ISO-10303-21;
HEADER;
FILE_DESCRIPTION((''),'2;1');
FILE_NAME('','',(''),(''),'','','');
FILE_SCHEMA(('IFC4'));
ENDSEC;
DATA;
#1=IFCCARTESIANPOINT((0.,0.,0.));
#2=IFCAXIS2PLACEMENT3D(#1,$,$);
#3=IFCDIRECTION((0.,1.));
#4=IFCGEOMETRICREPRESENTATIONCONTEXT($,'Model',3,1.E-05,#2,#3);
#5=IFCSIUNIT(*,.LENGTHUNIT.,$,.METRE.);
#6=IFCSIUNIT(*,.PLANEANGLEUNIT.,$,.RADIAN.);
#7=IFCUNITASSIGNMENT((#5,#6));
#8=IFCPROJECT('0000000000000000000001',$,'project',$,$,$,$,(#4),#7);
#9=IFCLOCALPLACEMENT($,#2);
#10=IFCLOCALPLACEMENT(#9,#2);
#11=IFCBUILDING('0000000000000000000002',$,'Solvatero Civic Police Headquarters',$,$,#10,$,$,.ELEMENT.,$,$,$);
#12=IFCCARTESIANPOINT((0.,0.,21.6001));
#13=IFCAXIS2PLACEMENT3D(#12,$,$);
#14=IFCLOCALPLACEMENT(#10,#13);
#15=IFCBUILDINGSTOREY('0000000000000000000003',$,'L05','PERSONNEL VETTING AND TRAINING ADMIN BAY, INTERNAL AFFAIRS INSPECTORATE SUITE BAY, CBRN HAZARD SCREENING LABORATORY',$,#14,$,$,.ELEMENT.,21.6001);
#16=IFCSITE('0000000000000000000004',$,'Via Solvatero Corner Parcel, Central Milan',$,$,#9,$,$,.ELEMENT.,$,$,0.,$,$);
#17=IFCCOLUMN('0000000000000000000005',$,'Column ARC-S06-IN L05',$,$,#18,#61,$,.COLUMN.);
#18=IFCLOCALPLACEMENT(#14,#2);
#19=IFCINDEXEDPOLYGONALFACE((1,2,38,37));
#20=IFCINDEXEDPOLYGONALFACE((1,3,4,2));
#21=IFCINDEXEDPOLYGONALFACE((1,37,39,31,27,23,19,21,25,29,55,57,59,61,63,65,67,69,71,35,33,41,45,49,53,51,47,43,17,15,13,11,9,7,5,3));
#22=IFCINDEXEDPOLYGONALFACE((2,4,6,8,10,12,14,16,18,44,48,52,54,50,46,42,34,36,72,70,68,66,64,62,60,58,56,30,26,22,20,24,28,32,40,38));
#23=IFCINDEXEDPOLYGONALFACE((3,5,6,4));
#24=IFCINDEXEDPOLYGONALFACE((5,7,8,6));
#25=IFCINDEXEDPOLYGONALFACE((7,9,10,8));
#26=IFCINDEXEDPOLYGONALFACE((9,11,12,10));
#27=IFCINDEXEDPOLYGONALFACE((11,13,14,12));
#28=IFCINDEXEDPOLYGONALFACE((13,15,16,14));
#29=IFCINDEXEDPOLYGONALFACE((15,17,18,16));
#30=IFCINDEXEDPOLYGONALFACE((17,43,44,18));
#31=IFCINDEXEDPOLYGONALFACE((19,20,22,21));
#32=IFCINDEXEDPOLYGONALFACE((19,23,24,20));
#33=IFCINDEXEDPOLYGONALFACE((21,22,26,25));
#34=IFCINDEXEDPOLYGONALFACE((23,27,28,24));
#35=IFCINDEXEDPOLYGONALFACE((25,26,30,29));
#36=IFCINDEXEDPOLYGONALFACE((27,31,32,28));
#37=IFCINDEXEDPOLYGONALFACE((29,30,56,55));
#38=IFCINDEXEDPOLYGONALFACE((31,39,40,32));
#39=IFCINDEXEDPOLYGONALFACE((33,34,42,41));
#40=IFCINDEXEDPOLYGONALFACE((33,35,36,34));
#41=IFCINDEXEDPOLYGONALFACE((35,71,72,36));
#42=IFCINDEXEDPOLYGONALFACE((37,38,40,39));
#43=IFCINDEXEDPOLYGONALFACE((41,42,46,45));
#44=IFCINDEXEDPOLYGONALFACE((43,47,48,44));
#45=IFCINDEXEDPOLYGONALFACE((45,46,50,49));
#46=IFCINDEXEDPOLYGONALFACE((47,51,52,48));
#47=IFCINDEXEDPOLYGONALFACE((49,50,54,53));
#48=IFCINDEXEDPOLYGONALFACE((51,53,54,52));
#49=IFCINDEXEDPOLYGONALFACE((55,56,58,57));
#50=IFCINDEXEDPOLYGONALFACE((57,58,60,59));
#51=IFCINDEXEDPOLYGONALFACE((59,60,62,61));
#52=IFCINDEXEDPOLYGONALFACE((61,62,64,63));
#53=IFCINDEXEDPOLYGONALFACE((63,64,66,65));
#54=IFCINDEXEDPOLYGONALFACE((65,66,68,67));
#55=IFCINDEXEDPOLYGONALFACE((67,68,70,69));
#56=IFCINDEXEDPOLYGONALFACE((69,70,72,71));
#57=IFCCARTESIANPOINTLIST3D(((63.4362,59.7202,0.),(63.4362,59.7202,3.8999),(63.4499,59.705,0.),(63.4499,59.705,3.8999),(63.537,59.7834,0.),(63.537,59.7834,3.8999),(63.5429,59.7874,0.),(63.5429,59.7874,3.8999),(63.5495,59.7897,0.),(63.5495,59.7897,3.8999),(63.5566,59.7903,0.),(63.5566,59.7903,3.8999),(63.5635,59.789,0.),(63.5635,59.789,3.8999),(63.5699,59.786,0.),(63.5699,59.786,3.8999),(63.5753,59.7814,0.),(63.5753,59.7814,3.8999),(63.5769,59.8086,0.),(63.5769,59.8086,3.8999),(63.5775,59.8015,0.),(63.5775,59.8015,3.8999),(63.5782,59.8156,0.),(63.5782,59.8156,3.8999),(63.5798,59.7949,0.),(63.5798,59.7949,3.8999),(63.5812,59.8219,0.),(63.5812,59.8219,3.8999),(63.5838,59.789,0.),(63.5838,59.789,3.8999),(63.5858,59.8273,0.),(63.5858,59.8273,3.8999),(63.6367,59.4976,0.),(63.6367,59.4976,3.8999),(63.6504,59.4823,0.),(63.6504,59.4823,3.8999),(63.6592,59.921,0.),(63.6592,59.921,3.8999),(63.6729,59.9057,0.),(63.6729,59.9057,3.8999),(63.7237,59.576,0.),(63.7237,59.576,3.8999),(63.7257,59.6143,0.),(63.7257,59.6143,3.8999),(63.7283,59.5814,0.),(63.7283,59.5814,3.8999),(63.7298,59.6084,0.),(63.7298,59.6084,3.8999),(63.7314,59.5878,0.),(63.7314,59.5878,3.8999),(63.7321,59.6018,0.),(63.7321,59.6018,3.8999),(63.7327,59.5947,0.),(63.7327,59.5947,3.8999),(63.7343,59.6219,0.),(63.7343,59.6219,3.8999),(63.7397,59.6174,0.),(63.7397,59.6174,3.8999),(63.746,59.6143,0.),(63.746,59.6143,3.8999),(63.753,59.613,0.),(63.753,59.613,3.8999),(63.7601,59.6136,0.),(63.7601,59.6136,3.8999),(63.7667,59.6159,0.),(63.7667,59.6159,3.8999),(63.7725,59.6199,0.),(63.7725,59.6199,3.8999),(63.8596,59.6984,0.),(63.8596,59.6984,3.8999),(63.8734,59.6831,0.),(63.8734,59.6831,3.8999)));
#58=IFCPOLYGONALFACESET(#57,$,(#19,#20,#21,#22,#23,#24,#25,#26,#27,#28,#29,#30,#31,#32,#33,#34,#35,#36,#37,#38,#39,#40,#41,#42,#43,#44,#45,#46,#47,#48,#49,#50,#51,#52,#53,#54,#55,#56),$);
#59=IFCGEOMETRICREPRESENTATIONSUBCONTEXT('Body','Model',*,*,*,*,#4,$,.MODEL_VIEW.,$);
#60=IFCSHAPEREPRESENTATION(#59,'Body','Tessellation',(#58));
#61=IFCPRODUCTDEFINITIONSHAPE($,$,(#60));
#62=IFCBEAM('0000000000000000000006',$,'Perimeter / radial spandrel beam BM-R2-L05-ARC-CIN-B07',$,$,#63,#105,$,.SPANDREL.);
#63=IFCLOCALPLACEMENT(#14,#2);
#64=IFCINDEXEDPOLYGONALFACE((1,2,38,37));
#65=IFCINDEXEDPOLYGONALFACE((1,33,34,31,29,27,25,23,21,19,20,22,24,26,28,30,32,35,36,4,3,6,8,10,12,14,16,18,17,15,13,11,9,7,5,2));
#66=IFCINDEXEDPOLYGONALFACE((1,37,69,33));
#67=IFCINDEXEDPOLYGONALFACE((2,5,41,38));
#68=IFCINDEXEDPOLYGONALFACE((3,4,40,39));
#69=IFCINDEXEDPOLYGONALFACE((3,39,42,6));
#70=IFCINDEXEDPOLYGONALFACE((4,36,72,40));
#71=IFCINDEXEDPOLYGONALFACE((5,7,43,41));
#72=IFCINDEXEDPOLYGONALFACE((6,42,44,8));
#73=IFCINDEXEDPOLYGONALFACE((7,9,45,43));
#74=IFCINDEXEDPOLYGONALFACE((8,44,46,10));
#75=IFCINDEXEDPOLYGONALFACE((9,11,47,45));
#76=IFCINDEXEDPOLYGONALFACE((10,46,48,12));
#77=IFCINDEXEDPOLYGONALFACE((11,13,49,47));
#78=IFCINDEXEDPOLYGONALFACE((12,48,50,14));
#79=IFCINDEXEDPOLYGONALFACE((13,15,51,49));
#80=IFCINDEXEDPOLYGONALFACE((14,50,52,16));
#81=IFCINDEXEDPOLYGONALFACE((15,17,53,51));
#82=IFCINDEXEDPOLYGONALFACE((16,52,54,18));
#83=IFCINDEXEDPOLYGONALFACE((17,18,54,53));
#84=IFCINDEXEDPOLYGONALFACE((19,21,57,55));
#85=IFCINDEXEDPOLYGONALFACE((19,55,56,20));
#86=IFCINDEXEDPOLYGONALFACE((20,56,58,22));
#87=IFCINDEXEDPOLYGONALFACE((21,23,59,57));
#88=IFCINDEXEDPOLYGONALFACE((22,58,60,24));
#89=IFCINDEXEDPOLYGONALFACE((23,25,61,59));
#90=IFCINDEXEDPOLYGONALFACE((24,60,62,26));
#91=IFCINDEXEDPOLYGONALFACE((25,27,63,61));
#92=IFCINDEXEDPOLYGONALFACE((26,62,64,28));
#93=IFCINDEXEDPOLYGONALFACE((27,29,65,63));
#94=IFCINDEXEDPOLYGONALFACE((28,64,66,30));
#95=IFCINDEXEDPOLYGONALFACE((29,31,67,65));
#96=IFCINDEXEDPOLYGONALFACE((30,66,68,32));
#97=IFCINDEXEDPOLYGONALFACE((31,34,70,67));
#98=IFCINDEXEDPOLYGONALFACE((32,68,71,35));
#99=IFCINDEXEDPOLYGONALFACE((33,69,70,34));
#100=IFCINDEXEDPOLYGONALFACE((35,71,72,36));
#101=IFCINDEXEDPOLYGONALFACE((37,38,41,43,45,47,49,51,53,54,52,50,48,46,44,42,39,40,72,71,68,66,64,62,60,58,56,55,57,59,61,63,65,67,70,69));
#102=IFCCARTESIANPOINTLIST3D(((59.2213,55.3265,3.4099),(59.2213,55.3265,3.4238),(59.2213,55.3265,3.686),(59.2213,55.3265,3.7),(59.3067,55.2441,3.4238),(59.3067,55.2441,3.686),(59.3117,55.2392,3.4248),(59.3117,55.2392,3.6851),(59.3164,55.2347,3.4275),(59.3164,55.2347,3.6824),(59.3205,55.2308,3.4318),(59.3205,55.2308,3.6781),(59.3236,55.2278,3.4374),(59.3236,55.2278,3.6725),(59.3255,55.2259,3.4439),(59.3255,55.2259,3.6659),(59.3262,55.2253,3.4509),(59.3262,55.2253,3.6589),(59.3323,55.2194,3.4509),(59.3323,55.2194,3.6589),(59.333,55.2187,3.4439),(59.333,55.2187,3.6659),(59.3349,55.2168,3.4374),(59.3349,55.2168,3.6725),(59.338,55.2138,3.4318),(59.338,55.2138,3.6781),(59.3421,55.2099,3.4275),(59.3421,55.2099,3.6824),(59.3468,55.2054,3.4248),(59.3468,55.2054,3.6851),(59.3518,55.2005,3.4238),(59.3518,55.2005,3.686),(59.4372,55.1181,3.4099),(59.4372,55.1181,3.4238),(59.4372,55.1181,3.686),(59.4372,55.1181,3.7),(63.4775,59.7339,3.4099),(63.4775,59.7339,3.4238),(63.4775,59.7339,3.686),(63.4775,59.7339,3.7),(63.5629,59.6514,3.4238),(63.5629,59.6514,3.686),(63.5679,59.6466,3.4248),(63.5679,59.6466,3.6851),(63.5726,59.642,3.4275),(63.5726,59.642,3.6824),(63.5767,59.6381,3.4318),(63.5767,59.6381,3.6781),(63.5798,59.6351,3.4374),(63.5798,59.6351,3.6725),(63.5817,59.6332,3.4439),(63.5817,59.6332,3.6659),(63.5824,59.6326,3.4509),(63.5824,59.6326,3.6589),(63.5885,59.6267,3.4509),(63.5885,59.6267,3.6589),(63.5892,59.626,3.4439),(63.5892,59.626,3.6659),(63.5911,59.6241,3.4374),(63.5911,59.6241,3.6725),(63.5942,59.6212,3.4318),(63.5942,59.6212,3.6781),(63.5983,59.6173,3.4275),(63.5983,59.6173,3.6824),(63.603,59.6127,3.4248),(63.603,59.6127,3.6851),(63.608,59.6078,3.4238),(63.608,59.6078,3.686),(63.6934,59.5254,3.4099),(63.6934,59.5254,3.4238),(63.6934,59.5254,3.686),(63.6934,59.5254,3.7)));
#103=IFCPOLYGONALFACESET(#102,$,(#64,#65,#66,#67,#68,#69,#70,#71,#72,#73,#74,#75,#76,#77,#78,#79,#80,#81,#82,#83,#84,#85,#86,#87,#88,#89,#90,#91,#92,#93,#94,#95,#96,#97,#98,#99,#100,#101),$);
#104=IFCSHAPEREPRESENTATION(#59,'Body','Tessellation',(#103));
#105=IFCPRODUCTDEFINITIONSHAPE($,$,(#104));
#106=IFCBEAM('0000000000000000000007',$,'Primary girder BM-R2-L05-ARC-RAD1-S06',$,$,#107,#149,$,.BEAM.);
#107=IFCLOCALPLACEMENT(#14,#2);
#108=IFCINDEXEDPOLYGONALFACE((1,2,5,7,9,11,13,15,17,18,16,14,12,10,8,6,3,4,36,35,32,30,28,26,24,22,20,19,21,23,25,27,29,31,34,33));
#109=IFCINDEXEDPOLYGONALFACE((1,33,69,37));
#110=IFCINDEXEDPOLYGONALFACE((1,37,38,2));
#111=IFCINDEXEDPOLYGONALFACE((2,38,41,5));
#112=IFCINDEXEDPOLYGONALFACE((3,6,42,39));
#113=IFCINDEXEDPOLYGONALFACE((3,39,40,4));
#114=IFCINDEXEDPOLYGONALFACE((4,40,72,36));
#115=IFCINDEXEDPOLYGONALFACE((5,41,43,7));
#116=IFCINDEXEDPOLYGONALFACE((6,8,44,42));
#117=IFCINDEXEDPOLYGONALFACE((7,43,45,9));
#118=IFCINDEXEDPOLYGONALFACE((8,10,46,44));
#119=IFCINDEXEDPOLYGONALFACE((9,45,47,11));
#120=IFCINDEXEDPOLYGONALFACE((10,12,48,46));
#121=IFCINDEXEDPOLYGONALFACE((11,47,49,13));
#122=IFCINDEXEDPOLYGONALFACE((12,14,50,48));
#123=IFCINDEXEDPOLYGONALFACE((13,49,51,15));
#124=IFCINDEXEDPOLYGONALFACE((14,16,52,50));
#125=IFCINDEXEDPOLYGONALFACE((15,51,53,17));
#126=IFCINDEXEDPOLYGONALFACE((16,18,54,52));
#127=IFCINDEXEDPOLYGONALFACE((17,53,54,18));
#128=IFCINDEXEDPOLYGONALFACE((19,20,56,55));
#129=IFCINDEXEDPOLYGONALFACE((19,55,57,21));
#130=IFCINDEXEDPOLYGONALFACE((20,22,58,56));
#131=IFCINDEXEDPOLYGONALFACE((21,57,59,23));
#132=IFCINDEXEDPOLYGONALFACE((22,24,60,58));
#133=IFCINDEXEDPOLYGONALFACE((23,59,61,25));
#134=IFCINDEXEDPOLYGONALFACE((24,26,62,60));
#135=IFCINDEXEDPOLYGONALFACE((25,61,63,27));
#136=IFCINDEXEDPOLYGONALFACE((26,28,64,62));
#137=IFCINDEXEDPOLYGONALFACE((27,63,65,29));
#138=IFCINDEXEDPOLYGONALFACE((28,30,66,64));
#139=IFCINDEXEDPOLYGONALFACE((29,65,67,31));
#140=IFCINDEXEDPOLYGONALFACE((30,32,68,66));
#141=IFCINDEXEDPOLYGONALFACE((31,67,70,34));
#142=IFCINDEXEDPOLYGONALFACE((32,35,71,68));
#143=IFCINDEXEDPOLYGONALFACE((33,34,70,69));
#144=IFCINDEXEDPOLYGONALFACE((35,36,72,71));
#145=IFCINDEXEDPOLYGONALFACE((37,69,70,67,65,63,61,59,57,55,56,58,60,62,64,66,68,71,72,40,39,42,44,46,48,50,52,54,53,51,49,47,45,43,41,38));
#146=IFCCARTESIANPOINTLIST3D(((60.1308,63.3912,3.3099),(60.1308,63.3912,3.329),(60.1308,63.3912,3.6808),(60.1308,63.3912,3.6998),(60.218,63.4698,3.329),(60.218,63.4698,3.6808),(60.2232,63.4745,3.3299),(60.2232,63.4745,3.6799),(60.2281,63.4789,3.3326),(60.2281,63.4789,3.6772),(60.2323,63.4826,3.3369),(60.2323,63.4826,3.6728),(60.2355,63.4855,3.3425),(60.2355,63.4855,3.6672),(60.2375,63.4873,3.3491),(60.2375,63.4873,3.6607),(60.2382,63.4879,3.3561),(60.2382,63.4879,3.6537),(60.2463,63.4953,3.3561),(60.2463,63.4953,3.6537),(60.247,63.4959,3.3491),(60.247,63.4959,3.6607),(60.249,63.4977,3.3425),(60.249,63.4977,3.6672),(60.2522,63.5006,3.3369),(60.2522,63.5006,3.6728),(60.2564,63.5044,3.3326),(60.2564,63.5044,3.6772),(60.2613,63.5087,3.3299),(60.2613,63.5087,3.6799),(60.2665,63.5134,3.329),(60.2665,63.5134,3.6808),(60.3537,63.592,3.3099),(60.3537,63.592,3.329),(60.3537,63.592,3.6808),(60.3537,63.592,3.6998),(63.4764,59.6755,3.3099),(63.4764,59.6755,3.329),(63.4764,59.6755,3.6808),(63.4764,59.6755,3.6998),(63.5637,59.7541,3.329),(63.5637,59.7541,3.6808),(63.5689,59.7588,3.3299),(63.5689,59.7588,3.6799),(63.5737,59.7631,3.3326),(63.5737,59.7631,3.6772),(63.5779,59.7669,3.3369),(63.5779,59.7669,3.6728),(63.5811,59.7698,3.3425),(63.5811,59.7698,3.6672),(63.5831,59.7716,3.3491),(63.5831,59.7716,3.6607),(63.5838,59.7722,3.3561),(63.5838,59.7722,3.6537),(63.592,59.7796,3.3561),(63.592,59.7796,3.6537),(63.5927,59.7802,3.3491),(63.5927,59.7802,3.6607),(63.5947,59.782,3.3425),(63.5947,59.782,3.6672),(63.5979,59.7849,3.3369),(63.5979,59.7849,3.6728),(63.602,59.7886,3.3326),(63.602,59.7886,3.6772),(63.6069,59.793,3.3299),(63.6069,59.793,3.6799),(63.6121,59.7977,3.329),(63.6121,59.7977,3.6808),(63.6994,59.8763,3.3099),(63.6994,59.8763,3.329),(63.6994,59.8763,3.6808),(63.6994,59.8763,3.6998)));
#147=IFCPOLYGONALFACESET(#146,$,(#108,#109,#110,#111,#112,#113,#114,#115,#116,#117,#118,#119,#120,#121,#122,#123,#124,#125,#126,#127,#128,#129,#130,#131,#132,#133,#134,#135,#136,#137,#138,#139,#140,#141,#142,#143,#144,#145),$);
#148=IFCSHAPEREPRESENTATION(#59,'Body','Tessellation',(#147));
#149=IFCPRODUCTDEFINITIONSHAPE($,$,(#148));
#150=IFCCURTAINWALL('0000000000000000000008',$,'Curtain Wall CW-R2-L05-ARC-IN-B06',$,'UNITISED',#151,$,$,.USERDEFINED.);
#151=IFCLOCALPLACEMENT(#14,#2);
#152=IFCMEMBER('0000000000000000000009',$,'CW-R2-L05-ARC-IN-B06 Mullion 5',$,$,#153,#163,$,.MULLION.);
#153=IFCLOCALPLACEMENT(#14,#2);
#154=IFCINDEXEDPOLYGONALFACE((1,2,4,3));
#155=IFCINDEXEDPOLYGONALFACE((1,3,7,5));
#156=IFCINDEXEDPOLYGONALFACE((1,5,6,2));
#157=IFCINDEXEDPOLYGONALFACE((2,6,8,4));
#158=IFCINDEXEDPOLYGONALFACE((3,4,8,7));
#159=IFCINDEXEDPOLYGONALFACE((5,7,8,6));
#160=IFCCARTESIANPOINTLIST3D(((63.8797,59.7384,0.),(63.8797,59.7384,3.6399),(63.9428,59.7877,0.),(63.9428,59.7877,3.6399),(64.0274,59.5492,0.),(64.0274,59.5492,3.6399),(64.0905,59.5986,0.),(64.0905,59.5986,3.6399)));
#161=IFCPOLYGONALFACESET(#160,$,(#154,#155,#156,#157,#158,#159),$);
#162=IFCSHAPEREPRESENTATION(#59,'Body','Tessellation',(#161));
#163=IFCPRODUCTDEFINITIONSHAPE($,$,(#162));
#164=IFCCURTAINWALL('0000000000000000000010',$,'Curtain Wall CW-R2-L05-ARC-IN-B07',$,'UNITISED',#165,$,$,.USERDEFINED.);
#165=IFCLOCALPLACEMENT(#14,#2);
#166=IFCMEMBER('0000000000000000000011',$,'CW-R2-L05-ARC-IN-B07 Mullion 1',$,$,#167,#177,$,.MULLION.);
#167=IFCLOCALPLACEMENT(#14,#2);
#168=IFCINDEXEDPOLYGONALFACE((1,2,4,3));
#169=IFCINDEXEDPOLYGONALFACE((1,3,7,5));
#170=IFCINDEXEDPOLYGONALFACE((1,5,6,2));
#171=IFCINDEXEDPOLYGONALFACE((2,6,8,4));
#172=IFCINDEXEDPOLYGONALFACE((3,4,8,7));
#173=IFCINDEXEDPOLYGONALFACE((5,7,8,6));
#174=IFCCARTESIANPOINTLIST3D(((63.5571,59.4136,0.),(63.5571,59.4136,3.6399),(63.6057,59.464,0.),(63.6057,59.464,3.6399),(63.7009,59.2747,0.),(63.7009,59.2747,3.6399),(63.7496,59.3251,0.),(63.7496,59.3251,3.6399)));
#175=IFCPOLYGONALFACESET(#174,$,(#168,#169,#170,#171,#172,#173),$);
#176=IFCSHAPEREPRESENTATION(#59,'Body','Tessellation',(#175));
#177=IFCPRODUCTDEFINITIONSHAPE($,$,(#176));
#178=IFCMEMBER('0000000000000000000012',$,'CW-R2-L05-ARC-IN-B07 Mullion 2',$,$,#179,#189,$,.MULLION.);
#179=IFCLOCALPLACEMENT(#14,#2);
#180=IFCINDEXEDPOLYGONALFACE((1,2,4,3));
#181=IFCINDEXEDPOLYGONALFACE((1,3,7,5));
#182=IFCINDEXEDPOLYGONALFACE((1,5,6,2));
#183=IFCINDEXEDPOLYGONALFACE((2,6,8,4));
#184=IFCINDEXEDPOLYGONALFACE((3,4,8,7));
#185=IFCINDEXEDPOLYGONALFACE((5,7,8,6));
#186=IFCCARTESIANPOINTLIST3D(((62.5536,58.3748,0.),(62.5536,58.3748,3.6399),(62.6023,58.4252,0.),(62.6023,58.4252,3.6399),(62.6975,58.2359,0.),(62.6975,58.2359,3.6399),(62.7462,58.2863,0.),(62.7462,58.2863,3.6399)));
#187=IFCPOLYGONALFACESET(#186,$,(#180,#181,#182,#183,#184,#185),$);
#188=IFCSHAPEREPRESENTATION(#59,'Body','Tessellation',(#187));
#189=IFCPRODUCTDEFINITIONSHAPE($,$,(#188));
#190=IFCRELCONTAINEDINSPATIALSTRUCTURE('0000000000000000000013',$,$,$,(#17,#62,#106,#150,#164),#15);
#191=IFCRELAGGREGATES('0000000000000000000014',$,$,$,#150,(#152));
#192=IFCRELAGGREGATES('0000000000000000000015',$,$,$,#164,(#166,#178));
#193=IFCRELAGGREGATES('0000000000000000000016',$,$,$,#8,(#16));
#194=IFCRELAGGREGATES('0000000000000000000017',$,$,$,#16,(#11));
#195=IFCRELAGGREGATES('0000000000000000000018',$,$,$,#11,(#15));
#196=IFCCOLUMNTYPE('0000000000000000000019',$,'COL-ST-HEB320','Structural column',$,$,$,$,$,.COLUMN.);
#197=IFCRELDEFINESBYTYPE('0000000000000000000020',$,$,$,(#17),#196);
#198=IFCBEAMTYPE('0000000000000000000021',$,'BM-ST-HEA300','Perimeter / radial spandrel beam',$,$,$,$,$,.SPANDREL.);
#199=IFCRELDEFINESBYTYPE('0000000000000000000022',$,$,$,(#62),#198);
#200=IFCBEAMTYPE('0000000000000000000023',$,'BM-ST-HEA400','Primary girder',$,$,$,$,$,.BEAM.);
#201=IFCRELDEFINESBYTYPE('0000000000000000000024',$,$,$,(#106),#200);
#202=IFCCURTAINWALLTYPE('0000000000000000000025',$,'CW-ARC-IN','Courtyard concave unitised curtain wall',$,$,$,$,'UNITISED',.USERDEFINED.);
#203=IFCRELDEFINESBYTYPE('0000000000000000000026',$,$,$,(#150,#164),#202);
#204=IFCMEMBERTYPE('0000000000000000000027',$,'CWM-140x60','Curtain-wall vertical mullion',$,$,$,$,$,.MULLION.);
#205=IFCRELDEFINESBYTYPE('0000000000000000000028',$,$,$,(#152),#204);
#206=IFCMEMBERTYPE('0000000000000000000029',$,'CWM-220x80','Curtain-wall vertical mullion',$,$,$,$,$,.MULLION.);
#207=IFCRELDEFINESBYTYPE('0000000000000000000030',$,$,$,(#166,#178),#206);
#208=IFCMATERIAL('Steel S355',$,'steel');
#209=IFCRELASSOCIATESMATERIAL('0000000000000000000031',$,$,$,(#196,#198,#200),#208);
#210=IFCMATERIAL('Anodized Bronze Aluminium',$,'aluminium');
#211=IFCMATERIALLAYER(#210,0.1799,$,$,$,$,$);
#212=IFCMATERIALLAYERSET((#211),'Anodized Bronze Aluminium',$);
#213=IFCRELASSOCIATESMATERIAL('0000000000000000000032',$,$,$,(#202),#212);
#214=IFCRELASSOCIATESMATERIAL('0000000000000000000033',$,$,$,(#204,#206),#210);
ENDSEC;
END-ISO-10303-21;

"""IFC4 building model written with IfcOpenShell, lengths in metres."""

from ifc_helpers import new_model, si_unit, direction, frame, origin, origin_2d, place, context, subcontext, project, spatial, rectangle, i_section, extrude, material, layer, layer_set, material_profile, profile_set, type_object, element, aggregate, save


model = new_model("IFC4")

# Units and contexts
model_context = context("Model", 3, precision=1e-05, world=origin(), true_north=direction((0.0, 1.0)))
body_context = subcontext(model_context, "Body", "Model", "MODEL_VIEW")
ifc_project = project(units=[si_unit("LENGTHUNIT", "METRE"), si_unit("PLANEANGLEUNIT", "RADIAN")], contexts=[model_context])

# Site, building, storey
site_placement = place(None, origin())
site = spatial("IfcSite", under=ifc_project, at=site_placement, Name="Via Solvatero Corner Parcel, Central Milan", CompositionType="ELEMENT", RefElevation=0.0)
building_placement = place(site_placement, origin())
building = spatial("IfcBuilding", under=site, at=building_placement, Name="Solvatero Civic Police Headquarters", CompositionType="ELEMENT")
storey_placement = place(building_placement, frame((0.0, 0.0, 21.6001)))
storey = spatial("IfcBuildingStorey", under=building, at=storey_placement, Name="L05", Description="PERSONNEL VETTING AND TRAINING ADMIN BAY, INTERNAL AFFAIRS INSPECTORATE SUITE BAY, CBRN HAZARD SCREENING LABORATORY", CompositionType="ELEMENT", Elevation=21.6001)

# Column
ifc_material_1 = material(Name="Steel S355", Category="steel")
ifc_material_profile_1 = material_profile(ifc_material_1, i_section(OverallWidth=0.3, OverallDepth=0.3201, WebThickness=0.0115, FlangeThickness=0.0205, FilletRadius=0.0271, at=origin_2d()), Name="HEB 320")
ifc_profile_set_1 = profile_set([ifc_material_profile_1], Name="Steel S355")
column_type = type_object("IfcColumnType", Name="COL-ST-HEB320", Description="Structural column", PredefinedType="COLUMN", material=ifc_profile_set_1)
column_placement = place(storey_placement, frame((63.6548, 59.7017, 0.0), z_axis=(0.0, 0.0, 1.0), x_axis=(0.743145, 0.669131, 0.0)))
element("IfcColumn", 1, at=column_placement, inside=storey, type_object=column_type, Name="Column ARC-S06-IN L05", PredefinedType="COLUMN", context=body_context, shape_type="SweptSolid", body=[
    extrude(i_section(OverallWidth=0.3, OverallDepth=0.3201, WebThickness=0.0115, FlangeThickness=0.0205, FilletRadius=0.0271, at=origin_2d()), origin(), (0.0, 0.0, 1.0), 3.8999),
])

# Beams
ifc_material_profile_2 = material_profile(ifc_material_1, i_section(OverallWidth=0.3, OverallDepth=0.29, WebThickness=0.0085, FlangeThickness=0.0139, FilletRadius=0.0271, at=origin_2d()), Name="HEA 300")
ifc_profile_set_2 = profile_set([ifc_material_profile_2], Name="Steel S355")
beam_type_1 = type_object("IfcBeamType", Name="BM-ST-HEA300", Description="Perimeter / radial spandrel beam", PredefinedType="SPANDREL", material=ifc_profile_set_2)
beam_1_placement = place(storey_placement, frame((63.5854, 59.6296, 3.5549), z_axis=(-0.694666, -0.719332, 0.0), x_axis=(0.719332, -0.694666, 0.0)))
element("IfcBeam", 2, at=beam_1_placement, inside=storey, type_object=beam_type_1, Name="Perimeter / radial spandrel beam BM-R2-L05-ARC-CIN-B07", PredefinedType="SPANDREL", context=body_context, shape_type="SweptSolid", body=[
    extrude(i_section(OverallWidth=0.3, OverallDepth=0.29, WebThickness=0.0085, FlangeThickness=0.0139, FilletRadius=0.0271, at=origin_2d()), origin(), (0.0, 0.0, 1.0), 6.127),
])
ifc_material_profile_3 = material_profile(ifc_material_1, i_section(OverallWidth=0.3, OverallDepth=0.3899, WebThickness=0.011, FlangeThickness=0.019, FilletRadius=0.0271, at=origin_2d()), Name="HEA 400")
ifc_profile_set_3 = profile_set([ifc_material_profile_3], Name="Steel S355")
beam_type_2 = type_object("IfcBeamType", Name="BM-ST-HEA400", Description="Primary girder", PredefinedType="BEAM", material=ifc_profile_set_3)
beam_2_placement = place(storey_placement, frame((63.5879, 59.7759, 3.5049), z_axis=(-0.669127, 0.743148, 0.0), x_axis=(-0.743148, -0.669127, 0.0)))
element("IfcBeam", 3, at=beam_2_placement, inside=storey, type_object=beam_type_2, Name="Primary girder BM-R2-L05-ARC-RAD1-S06", PredefinedType="BEAM", context=body_context, shape_type="SweptSolid", body=[
    extrude(i_section(OverallWidth=0.3, OverallDepth=0.3899, WebThickness=0.011, FlangeThickness=0.019, FilletRadius=0.0271, at=origin_2d()), origin(), (0.0, 0.0, 1.0), 5.0),
])

# Curtain wall, member
ifc_material_2 = material(Name="Anodized Bronze Aluminium", Category="aluminium")
ifc_layer_1 = layer(ifc_material_2, 0.1799)
ifc_layer_set_1 = layer_set([ifc_layer_1], Name="Anodized Bronze Aluminium")
curtain_wall_type = type_object("IfcCurtainWallType", Name="CW-ARC-IN", Description="Courtyard concave unitised curtain wall", ElementType="UNITISED", PredefinedType="USERDEFINED", material=ifc_layer_set_1)
curtain_wall_1_placement = place(storey_placement, origin())
curtain_wall_1 = element("IfcCurtainWall", 4, at=curtain_wall_1_placement, inside=storey, type_object=curtain_wall_type, Name="Curtain Wall CW-R2-L05-ARC-IN-B06", ObjectType="UNITISED", PredefinedType="USERDEFINED")
ifc_material_profile_4 = material_profile(ifc_material_2, rectangle(XDim=0.0801, YDim=0.24, at=origin_2d()), Name="ALU MULLION 80x240")
ifc_profile_set_4 = profile_set([ifc_material_profile_4], Name="Anodized Bronze Aluminium")
member_type_1 = type_object("IfcMemberType", Name="CWM-140x60", Description="Curtain-wall vertical mullion", PredefinedType="MULLION", material=ifc_profile_set_4)
member_1_placement = place(storey_placement, frame((63.9851, 59.6685, 0.0), z_axis=(0.0, 0.0, 1.0), x_axis=(-0.788011, -0.615661, 0.0)))
member_1 = element("IfcMember", 5, at=member_1_placement, type_object=member_type_1, Name="CW-R2-L05-ARC-IN-B06 Mullion 5", PredefinedType="MULLION", context=body_context, shape_type="SweptSolid", body=[
    extrude(rectangle(XDim=0.0801, YDim=0.24, at=origin_2d()), origin(), (0.0, 0.0, 1.0), 3.6399),
])
aggregate(curtain_wall_1, [member_1])

# Curtain wall, members
curtain_wall_2_placement = place(storey_placement, origin())
curtain_wall_2 = element("IfcCurtainWall", 6, at=curtain_wall_2_placement, inside=storey, type_object=curtain_wall_type, Name="Curtain Wall CW-R2-L05-ARC-IN-B07", ObjectType="UNITISED", PredefinedType="USERDEFINED")
ifc_material_profile_5 = material_profile(ifc_material_2, rectangle(XDim=0.0701, YDim=0.2, at=origin_2d()), Name="ALU MULLION 70x200")
ifc_profile_set_5 = profile_set([ifc_material_profile_5], Name="Anodized Bronze Aluminium")
member_type_2 = type_object("IfcMemberType", Name="CWM-220x80", Description="Curtain-wall vertical mullion", PredefinedType="MULLION", material=ifc_profile_set_5)
member_2_placement = place(storey_placement, frame((63.6533, 59.3694, 0.0), z_axis=(0.0, 0.0, 1.0), x_axis=(-0.694658, -0.71934, 0.0)))
member_2 = element("IfcMember", 7, at=member_2_placement, type_object=member_type_2, Name="CW-R2-L05-ARC-IN-B07 Mullion 1", PredefinedType="MULLION", context=body_context, shape_type="SweptSolid", body=[
    extrude(rectangle(XDim=0.0701, YDim=0.2, at=origin_2d()), origin(), (0.0, 0.0, 1.0), 3.6399),
])
member_3_placement = place(storey_placement, frame((62.6499, 58.3306, 0.0), z_axis=(0.0, 0.0, 1.0), x_axis=(-0.694658, -0.71934, 0.0)))
member_3 = element("IfcMember", 8, at=member_3_placement, type_object=member_type_2, Name="CW-R2-L05-ARC-IN-B07 Mullion 2", PredefinedType="MULLION", context=body_context, shape_type="SweptSolid", body=[
    extrude(rectangle(XDim=0.0701, YDim=0.2, at=origin_2d()), origin(), (0.0, 0.0, 1.0), 3.6399),
])
aggregate(curtain_wall_2, [member_2, member_3])

save(model, "model.ifc")
